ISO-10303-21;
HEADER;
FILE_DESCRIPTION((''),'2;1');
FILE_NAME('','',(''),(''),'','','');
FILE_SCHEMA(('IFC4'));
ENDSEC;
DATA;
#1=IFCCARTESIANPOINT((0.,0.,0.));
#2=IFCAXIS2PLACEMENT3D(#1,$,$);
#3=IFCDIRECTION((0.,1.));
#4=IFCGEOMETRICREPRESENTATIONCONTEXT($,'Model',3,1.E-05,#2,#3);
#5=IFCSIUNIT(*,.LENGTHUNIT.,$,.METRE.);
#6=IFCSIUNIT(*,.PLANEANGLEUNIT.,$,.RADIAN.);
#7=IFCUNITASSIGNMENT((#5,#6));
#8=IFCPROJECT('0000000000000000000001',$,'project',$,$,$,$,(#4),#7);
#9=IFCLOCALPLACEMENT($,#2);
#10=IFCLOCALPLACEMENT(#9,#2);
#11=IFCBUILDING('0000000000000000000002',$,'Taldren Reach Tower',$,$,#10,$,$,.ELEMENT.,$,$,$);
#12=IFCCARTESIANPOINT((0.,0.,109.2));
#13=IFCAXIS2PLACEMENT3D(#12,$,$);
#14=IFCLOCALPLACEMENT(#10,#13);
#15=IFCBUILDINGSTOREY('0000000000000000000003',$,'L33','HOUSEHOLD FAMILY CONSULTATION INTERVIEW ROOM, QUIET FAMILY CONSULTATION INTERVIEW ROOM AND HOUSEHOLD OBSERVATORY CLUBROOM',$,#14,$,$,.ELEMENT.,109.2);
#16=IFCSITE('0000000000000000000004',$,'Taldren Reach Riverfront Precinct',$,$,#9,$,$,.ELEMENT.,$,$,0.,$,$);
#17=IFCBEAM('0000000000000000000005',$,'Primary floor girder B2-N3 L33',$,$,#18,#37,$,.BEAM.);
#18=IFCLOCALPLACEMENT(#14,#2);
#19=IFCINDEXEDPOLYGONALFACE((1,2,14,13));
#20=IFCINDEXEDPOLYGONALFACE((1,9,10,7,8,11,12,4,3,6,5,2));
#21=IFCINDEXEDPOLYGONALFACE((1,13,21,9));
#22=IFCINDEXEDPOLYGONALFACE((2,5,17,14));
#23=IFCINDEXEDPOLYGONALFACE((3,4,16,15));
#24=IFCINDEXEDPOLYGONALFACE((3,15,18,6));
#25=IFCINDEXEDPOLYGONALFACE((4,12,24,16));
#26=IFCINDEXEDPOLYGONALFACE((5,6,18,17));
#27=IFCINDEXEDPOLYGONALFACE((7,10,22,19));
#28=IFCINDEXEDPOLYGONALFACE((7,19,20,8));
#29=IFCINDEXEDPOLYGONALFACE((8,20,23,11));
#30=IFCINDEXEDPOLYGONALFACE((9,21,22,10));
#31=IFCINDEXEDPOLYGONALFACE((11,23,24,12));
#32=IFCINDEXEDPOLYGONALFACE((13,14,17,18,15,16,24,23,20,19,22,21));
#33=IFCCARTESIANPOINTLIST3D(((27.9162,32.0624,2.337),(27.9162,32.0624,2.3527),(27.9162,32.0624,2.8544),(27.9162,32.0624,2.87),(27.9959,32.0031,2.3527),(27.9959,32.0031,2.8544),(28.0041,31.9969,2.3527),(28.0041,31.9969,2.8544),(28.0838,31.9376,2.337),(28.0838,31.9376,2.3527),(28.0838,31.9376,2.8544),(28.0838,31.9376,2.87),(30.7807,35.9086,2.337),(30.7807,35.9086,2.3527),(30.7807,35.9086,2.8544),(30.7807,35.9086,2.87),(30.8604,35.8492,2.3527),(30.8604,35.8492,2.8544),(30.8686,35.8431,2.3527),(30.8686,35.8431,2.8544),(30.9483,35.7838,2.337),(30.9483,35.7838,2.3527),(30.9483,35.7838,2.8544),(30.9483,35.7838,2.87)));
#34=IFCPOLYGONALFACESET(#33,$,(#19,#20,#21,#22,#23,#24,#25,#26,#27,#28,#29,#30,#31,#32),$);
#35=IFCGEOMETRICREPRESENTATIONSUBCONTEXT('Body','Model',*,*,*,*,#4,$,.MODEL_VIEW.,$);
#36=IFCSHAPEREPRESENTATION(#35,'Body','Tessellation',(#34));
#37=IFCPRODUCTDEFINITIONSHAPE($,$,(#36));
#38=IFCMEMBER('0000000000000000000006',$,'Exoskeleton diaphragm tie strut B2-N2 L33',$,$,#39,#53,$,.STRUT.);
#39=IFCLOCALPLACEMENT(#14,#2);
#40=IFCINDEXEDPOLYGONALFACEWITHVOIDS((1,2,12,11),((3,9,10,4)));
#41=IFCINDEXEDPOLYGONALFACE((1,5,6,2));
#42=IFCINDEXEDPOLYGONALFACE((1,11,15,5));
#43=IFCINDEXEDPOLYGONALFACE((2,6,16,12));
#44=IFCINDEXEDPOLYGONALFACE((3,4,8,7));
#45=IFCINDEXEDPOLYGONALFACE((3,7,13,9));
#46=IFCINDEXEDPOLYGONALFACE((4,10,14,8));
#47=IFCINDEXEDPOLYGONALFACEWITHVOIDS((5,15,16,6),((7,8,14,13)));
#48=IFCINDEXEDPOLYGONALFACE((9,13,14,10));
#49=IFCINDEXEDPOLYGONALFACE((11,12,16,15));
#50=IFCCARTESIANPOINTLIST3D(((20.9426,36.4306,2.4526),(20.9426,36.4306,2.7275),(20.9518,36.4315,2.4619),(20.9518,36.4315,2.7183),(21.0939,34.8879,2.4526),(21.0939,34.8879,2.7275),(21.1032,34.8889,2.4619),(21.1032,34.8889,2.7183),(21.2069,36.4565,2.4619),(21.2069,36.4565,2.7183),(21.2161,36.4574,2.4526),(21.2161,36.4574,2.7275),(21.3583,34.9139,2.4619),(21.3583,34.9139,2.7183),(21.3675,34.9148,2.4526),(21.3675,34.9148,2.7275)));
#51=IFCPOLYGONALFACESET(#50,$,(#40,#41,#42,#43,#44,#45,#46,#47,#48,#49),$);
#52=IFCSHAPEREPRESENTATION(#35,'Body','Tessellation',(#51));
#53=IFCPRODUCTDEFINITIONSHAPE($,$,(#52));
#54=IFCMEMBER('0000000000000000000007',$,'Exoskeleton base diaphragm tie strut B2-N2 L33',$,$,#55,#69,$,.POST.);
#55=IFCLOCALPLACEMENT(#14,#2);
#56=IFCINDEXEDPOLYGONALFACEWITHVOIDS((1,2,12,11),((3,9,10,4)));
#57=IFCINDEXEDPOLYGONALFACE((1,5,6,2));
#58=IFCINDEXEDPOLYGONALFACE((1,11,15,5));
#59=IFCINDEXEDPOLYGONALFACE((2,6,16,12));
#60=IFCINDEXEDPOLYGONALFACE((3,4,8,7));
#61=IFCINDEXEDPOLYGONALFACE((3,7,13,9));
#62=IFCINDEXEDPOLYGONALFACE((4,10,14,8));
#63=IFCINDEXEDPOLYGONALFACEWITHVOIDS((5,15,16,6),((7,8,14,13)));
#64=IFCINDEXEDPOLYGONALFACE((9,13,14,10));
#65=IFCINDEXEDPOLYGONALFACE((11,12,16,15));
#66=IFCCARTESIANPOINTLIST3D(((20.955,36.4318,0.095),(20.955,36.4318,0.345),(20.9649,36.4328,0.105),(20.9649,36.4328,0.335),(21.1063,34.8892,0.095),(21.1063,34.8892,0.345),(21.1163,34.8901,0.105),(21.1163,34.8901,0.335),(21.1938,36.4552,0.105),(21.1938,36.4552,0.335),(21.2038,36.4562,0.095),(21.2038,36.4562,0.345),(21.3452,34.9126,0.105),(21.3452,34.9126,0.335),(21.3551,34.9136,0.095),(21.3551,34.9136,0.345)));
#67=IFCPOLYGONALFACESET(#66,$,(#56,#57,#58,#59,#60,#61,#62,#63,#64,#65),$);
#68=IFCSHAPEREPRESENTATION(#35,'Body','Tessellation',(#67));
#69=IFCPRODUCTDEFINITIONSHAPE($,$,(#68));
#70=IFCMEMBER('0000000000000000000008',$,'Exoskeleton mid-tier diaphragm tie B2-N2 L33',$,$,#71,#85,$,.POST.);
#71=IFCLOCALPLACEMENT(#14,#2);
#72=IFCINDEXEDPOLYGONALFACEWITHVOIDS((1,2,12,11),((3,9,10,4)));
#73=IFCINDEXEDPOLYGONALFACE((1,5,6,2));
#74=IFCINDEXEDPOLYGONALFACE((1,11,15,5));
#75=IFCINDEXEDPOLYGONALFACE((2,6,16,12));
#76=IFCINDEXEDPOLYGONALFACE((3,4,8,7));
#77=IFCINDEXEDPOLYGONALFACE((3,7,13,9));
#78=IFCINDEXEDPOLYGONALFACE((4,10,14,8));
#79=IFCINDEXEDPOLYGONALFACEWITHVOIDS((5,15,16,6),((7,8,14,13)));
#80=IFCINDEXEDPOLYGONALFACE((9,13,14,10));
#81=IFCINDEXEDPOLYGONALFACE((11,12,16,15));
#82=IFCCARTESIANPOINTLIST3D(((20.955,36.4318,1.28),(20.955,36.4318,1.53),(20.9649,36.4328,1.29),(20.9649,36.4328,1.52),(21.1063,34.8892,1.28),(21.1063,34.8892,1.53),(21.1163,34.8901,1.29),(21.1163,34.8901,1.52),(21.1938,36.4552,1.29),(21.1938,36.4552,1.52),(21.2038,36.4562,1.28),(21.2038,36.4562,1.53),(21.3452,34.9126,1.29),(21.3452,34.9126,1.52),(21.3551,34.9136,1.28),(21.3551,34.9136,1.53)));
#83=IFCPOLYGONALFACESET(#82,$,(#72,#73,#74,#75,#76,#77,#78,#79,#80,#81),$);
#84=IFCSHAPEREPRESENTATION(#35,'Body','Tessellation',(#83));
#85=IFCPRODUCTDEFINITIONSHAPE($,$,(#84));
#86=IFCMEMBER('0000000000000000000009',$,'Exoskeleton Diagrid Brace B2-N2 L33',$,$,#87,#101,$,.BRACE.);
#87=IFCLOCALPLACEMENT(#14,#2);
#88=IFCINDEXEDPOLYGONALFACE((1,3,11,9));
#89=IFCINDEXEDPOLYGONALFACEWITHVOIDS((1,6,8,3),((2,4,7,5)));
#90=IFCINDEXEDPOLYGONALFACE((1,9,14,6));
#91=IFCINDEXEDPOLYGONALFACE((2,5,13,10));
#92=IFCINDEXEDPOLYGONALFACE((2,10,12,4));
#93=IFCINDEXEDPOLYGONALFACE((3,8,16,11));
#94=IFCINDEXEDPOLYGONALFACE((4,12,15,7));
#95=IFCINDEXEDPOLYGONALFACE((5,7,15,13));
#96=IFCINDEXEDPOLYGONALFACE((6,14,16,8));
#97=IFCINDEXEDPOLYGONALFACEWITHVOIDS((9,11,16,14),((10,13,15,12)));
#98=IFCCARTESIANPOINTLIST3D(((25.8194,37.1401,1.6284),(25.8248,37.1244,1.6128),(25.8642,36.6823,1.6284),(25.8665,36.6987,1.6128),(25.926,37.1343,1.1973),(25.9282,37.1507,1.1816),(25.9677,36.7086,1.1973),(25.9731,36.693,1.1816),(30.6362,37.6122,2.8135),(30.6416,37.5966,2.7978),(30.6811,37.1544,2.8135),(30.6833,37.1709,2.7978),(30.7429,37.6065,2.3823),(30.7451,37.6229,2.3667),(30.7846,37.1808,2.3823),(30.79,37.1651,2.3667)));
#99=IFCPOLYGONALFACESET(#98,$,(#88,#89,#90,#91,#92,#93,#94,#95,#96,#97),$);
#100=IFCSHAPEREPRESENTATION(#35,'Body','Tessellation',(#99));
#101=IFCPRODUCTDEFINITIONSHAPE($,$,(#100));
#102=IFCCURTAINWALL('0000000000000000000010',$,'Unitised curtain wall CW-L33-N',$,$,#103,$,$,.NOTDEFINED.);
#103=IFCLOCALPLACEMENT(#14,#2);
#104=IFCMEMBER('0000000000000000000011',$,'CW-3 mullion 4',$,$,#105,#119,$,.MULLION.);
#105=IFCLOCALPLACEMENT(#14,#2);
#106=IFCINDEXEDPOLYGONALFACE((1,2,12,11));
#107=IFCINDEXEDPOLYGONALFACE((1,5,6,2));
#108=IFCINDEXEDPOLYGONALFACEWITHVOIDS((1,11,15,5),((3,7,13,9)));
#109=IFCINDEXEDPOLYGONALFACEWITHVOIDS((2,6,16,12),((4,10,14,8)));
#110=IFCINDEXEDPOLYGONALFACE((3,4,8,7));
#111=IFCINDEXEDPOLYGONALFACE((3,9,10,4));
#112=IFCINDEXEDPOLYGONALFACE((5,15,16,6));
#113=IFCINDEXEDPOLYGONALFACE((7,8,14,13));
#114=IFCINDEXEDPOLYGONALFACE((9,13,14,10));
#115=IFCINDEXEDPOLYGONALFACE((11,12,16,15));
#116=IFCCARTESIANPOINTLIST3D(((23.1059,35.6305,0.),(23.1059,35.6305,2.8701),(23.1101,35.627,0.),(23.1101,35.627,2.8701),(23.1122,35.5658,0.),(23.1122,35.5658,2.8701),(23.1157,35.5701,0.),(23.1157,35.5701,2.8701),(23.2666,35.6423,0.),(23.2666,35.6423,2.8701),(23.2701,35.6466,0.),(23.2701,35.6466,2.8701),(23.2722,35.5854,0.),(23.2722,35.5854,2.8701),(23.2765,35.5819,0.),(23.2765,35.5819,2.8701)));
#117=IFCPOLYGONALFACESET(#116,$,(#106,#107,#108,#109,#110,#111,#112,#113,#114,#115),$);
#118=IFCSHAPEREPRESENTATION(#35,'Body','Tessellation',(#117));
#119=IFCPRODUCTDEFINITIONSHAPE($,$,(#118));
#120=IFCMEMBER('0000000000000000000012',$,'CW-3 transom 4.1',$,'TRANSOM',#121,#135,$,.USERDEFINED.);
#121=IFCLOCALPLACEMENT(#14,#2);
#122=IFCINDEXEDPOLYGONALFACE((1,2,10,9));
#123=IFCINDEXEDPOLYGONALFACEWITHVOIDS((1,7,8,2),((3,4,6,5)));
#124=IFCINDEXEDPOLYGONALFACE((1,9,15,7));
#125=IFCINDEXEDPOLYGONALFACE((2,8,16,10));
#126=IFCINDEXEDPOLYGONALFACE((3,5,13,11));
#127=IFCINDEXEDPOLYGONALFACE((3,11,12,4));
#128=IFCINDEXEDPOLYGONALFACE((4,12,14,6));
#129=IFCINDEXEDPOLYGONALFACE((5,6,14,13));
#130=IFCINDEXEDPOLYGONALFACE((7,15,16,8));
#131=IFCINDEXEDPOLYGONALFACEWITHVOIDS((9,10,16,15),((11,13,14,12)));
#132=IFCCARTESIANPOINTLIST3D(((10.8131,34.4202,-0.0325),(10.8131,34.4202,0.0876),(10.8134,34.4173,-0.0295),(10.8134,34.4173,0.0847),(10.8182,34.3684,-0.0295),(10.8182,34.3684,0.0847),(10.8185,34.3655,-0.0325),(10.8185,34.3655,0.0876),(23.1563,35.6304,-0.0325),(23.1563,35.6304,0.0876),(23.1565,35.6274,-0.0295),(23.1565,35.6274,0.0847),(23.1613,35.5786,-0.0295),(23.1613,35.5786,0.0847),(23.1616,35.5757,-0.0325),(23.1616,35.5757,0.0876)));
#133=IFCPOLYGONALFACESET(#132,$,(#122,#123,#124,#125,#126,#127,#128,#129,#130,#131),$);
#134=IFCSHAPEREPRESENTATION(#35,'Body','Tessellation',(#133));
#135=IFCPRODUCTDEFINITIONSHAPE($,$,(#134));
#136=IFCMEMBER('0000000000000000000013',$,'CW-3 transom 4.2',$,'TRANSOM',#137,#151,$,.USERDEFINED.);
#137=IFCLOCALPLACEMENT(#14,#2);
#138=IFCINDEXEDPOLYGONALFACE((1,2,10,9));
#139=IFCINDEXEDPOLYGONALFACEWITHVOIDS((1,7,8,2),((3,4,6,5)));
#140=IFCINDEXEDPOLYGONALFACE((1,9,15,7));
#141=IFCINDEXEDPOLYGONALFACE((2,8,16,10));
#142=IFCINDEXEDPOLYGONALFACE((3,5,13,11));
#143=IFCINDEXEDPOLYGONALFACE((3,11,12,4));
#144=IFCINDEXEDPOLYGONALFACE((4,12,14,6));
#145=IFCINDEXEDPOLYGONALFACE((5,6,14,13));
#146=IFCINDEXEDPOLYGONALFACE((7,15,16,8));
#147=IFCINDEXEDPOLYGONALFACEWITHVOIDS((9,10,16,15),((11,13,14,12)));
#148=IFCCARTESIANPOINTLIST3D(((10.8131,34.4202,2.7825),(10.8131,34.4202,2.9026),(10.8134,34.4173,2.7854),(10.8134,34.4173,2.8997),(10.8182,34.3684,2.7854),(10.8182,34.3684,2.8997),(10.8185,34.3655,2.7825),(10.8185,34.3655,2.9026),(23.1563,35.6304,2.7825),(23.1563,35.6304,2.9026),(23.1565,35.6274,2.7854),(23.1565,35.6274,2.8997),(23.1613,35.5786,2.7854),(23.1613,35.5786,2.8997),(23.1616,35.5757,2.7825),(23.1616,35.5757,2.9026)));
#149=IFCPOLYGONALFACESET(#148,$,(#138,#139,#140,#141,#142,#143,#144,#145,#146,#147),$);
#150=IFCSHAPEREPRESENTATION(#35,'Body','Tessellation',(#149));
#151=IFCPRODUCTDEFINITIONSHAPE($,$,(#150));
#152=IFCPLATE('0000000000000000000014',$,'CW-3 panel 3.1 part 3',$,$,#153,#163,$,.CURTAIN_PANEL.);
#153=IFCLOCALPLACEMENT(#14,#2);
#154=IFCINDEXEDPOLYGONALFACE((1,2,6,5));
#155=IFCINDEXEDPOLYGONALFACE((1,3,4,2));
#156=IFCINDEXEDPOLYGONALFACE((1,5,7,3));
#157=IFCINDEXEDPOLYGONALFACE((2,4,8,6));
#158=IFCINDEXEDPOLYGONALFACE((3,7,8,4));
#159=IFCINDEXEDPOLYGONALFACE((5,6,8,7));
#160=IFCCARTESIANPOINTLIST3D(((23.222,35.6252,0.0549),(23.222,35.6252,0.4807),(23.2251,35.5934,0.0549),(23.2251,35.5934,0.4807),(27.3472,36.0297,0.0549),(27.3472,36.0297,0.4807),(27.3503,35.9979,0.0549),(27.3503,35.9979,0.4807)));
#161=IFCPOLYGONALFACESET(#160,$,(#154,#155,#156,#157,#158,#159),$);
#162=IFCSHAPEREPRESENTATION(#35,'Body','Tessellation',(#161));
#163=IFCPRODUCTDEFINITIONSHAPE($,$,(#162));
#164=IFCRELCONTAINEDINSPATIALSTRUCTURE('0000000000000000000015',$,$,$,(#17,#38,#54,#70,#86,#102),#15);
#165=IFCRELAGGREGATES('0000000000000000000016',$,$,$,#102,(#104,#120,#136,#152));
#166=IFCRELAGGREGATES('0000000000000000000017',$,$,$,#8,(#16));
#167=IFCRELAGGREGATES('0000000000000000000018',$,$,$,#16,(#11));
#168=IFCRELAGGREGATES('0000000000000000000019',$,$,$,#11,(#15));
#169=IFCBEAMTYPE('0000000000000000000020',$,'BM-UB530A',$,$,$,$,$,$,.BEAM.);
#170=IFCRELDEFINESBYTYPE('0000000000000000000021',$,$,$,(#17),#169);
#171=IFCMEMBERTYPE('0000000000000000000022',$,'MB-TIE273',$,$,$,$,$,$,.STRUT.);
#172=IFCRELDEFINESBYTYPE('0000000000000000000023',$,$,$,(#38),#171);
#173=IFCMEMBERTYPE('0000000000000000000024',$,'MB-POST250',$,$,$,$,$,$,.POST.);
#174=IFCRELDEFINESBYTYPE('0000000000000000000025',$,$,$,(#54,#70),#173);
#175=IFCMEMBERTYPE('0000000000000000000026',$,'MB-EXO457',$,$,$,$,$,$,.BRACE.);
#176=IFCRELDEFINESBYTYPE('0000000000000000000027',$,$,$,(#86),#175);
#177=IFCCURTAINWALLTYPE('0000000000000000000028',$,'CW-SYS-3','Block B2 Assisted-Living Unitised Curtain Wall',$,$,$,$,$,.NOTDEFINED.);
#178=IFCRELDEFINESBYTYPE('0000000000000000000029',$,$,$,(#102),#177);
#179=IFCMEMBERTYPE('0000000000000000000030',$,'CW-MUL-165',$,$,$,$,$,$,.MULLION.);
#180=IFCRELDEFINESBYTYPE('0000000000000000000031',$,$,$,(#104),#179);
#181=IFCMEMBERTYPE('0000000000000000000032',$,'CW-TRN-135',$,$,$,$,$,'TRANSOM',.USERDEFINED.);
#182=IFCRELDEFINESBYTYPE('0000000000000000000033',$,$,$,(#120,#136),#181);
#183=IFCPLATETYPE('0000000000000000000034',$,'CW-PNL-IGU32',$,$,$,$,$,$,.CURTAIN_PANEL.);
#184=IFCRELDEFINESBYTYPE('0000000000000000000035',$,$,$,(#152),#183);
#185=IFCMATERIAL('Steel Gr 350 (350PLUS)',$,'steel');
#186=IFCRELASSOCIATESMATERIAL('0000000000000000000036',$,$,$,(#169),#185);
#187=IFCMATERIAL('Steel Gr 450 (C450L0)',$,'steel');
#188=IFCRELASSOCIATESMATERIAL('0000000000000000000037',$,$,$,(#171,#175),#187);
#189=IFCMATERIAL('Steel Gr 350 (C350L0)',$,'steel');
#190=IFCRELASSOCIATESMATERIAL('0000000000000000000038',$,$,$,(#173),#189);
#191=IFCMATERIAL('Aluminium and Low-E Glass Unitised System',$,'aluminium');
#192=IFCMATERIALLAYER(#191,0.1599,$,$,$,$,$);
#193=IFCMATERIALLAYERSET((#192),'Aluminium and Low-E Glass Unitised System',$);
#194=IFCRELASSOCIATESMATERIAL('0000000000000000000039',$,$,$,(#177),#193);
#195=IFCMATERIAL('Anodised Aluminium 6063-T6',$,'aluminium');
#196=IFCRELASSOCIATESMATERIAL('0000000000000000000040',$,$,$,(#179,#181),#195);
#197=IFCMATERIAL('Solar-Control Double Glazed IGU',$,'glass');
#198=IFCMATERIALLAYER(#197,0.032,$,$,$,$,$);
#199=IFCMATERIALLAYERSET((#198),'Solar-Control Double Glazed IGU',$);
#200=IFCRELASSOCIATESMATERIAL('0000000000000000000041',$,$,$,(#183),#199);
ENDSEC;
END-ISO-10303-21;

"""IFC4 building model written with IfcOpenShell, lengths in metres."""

from ifc_helpers import new_model, si_unit, direction, frame, origin, origin_2d, place, context, subcontext, project, spatial, rectangle, hollow_rectangle, i_section, extrude, source, transform, mapped, material, layer, layer_set, material_profile, profile_set, type_object, element, aggregate, save


model = new_model("IFC4")

# Units and contexts
model_context = context("Model", 3, precision=1e-05, world=origin(), true_north=direction((0.0, 1.0)))
body_context = subcontext(model_context, "Body", "Model", "MODEL_VIEW")
ifc_project = project(units=[si_unit("LENGTHUNIT", "METRE"), si_unit("PLANEANGLEUNIT", "RADIAN")], contexts=[model_context])

# Site, building, storey
site_placement = place(None, origin())
site = spatial("IfcSite", under=ifc_project, at=site_placement, Name="Taldren Reach Riverfront Precinct", CompositionType="ELEMENT", RefElevation=0.0)
building_placement = place(site_placement, origin())
building = spatial("IfcBuilding", under=site, at=building_placement, Name="Taldren Reach Tower", CompositionType="ELEMENT")
storey_placement = place(building_placement, frame((0.0, 0.0, 109.2)))
storey = spatial("IfcBuildingStorey", under=building, at=storey_placement, Name="L33", Description="HOUSEHOLD FAMILY CONSULTATION INTERVIEW ROOM, QUIET FAMILY CONSULTATION INTERVIEW ROOM AND HOUSEHOLD OBSERVATORY CLUBROOM", CompositionType="ELEMENT", Elevation=109.2)

# Shared definitions
ifc_material_1 = material(Name="Steel Gr 350 (350PLUS)", Category="steel")

# Beam
ifc_material_profile_1 = material_profile(ifc_material_1, i_section(OverallWidth=0.209, OverallDepth=0.533, WebThickness=0.0103, FlangeThickness=0.0156, at=origin_2d()), Name="530UB92.4")
ifc_profile_set_1 = profile_set([ifc_material_profile_1], Name="Steel Gr 350 (350PLUS)")
beam_type_1 = type_object("IfcBeamType", Name="BM-UB530A", PredefinedType="BEAM", material=ifc_profile_set_1)
shared_shape_1 = source(origin(), body_context, "Body", "SweptSolid", [
    extrude(i_section(OverallWidth=0.209, OverallDepth=0.533, WebThickness=0.0103, FlangeThickness=0.0156, at=origin_2d()), origin(), (0.0, 0.0, 1.0), 4.7957),
])
beam_1_placement = place(storey_placement, frame((28.0, 32.0, 2.6035), z_axis=(0.597309, 0.802011, 0.0), x_axis=(-0.802011, 0.597309, 0.0)))
element("IfcBeam", 1, at=beam_1_placement, inside=storey, type_object=beam_type_1, Name="Primary floor girder B2-N3 L33", PredefinedType="BEAM", context=body_context, shape_type="MappedRepresentation", body=[
    mapped(shared_shape_1, transform((0.0, 0.0, 0.0), scale=1.0)),
])

# Members
ifc_material_2 = material(Name="Steel Gr 450 (C450L0)", Category="steel")
ifc_material_profile_2 = material_profile(ifc_material_2, hollow_rectangle(XDim=0.2749, YDim=0.2749, WallThickness=0.0093, at=origin_2d()), Name="275x275x9.3SHS")
ifc_profile_set_2 = profile_set([ifc_material_profile_2], Name="Steel Gr 450 (C450L0)")
member_type_1 = type_object("IfcMemberType", Name="MB-TIE273", PredefinedType="STRUT", material=ifc_profile_set_2)
shared_shape_2 = source(origin(), body_context, "Body", "SweptSolid", [
    extrude(hollow_rectangle(XDim=0.2749, YDim=0.2749, WallThickness=0.0093, at=origin_2d()), origin(), (0.0, 0.0, 1.0), 1.55),
])
member_1_placement = place(storey_placement, frame((21.2307, 34.9014, 2.5901), z_axis=(-0.097648, 0.995221, 0.0), x_axis=(-0.995221, -0.097648, 0.0)))
element("IfcMember", 2, at=member_1_placement, inside=storey, type_object=member_type_1, Name="Exoskeleton diaphragm tie strut B2-N2 L33", PredefinedType="STRUT", context=body_context, shape_type="MappedRepresentation", body=[
    mapped(shared_shape_2, transform((0.0, 0.0, 0.0), scale=1.0)),
])
ifc_material_3 = material(Name="Steel Gr 350 (C350L0)", Category="steel")
ifc_material_profile_3 = material_profile(ifc_material_3, hollow_rectangle(XDim=0.25, YDim=0.25, WallThickness=0.01, at=origin_2d()), Name="250x250x10.0SHS")
ifc_profile_set_3 = profile_set([ifc_material_profile_3], Name="Steel Gr 350 (C350L0)")
member_type_2 = type_object("IfcMemberType", Name="MB-POST250", PredefinedType="POST", material=ifc_profile_set_3)
shared_shape_3 = source(origin(), body_context, "Body", "SweptSolid", [
    extrude(hollow_rectangle(XDim=0.25, YDim=0.25, WallThickness=0.01, at=origin_2d()), origin(), (0.0, 0.0, 1.0), 1.55),
])
for number, where, z_axis, x_axis, name in (
    (3, (21.2307, 34.9014, 0.22), (-0.097648, 0.995221, 0.0), (-0.995221, -0.097648, 0.0), "Exoskeleton base diaphragm tie strut B2-N2 L33"),
    (4, (21.2307, 34.9014, 1.405), (-0.097648, 0.995221, 0.0), (-0.995221, -0.097648, 0.0), "Exoskeleton mid-tier diaphragm tie B2-N2 L33"),
):
    element("IfcMember", number, at=place(storey_placement, frame(where, z_axis=z_axis, x_axis=x_axis)), inside=storey, type_object=member_type_2, Name=name, PredefinedType="POST", context=body_context, shape_type="MappedRepresentation", body=[
        mapped(shared_shape_3, transform((0.0, 0.0, 0.0), scale=1.0)),
    ])
ifc_material_profile_4 = material_profile(ifc_material_2, hollow_rectangle(XDim=0.46, YDim=0.46, WallThickness=0.0161, at=origin_2d()), Name="460x460x16.0SHS")
ifc_profile_set_4 = profile_set([ifc_material_profile_4], Name="Steel Gr 450 (C450L0)")
member_type_3 = type_object("IfcMemberType", Name="MB-EXO457", PredefinedType="BRACE", material=ifc_profile_set_4)
shared_shape_4 = source(origin(), body_context, "Body", "SweptSolid", [
    extrude(hollow_rectangle(XDim=0.46, YDim=0.46, WallThickness=0.0161, at=origin_2d()), origin(), (0.0, 0.0, 1.0), 4.9829),
])
member_2_placement = place(storey_placement, frame((25.8962, 36.9165, 1.405), z_axis=(0.966675, 0.094757, 0.237823), x_axis=(-0.097556, 0.99523, 0.0)))
element("IfcMember", 5, at=member_2_placement, inside=storey, type_object=member_type_3, Name="Exoskeleton Diagrid Brace B2-N2 L33", PredefinedType="BRACE", context=body_context, shape_type="MappedRepresentation", body=[
    mapped(shared_shape_4, transform((0.0, 0.0, 0.0), scale=1.0)),
])

# Curtain wall, members, plate
ifc_material_4 = material(Name="Aluminium and Low-E Glass Unitised System", Category="aluminium")
ifc_layer_1 = layer(ifc_material_4, 0.1599)
ifc_layer_set_1 = layer_set([ifc_layer_1], Name="Aluminium and Low-E Glass Unitised System")
curtain_wall_type = type_object("IfcCurtainWallType", Name="CW-SYS-3", Description="Block B2 Assisted-Living Unitised Curtain Wall", PredefinedType="NOTDEFINED", material=ifc_layer_set_1)
curtain_wall_placement = place(storey_placement, origin())
curtain_wall = element("IfcCurtainWall", 6, at=curtain_wall_placement, inside=storey, type_object=curtain_wall_type, Name="Unitised curtain wall CW-L33-N", PredefinedType="NOTDEFINED")
ifc_material_5 = material(Name="Anodised Aluminium 6063-T6", Category="aluminium")
ifc_material_profile_5 = material_profile(ifc_material_5, hollow_rectangle(XDim=0.0649, YDim=0.165, WallThickness=0.0039, at=origin_2d()), Name="ALU-165x65x4RHS")
ifc_profile_set_5 = profile_set([ifc_material_profile_5], Name="Anodised Aluminium 6063-T6")
member_type_4 = type_object("IfcMemberType", Name="CW-MUL-165", PredefinedType="MULLION", material=ifc_profile_set_5)
shared_shape_5 = source(origin(), body_context, "Body", "SweptSolid", [
    extrude(hollow_rectangle(XDim=0.0649, YDim=0.165, WallThickness=0.0039, at=origin_2d()), origin(), (0.0, 0.0, 1.0), 2.8701),
])
member_3_placement = place(storey_placement, frame((23.1912, 35.6062, 0.0), z_axis=(0.0, 0.0, 1.0), x_axis=(0.097583, -0.995227, 0.0)))
member_3 = element("IfcMember", 7, at=member_3_placement, type_object=member_type_4, Name="CW-3 mullion 4", PredefinedType="MULLION", context=body_context, shape_type="MappedRepresentation", body=[
    mapped(shared_shape_5, transform((0.0, 0.0, 0.0), scale=1.0)),
])
ifc_material_profile_6 = material_profile(ifc_material_5, hollow_rectangle(XDim=0.0549, YDim=0.1201, WallThickness=0.0029, at=origin_2d()), Name="ALU-120x55x3RHS")
ifc_profile_set_6 = profile_set([ifc_material_profile_6], Name="Anodised Aluminium 6063-T6")
member_type_5 = type_object("IfcMemberType", Name="CW-TRN-135", ElementType="TRANSOM", PredefinedType="USERDEFINED", material=ifc_profile_set_6)
shared_shape_6 = source(origin(), body_context, "Body", "SweptSolid", [
    extrude(hollow_rectangle(XDim=0.0549, YDim=0.1201, WallThickness=0.0029, at=origin_2d()), origin(), (0.0, 0.0, 1.0), 12.4023),
])
member_4_placement = place(storey_placement, frame((23.1589, 35.603, 0.0276), z_axis=(-0.995228, -0.097578, 0.0), x_axis=(0.097578, -0.995228, 0.0)))
member_4 = element("IfcMember", 8, at=member_4_placement, type_object=member_type_5, Name="CW-3 transom 4.1", ObjectType="TRANSOM", PredefinedType="USERDEFINED", context=body_context, shape_type="MappedRepresentation", body=[
    mapped(shared_shape_6, transform((0.0, 0.0, 0.0), scale=1.0)),
])
member_5_placement = place(storey_placement, frame((23.1589, 35.603, 2.8425), z_axis=(-0.995228, -0.097578, 0.0), x_axis=(0.097578, -0.995228, 0.0)))
member_5 = element("IfcMember", 9, at=member_5_placement, type_object=member_type_5, Name="CW-3 transom 4.2", ObjectType="TRANSOM", PredefinedType="USERDEFINED", context=body_context, shape_type="MappedRepresentation", body=[
    mapped(shared_shape_6, transform((0.0, 0.0, 0.0), scale=1.0)),
])
ifc_material_6 = material(Name="Solar-Control Double Glazed IGU", Category="glass")
ifc_layer_2 = layer(ifc_material_6, 0.032)
ifc_layer_set_2 = layer_set([ifc_layer_2], Name="Solar-Control Double Glazed IGU")
plate_type = type_object("IfcPlateType", Name="CW-PNL-IGU32", PredefinedType="CURTAIN_PANEL", material=ifc_layer_set_2)
shared_shape_7 = source(origin(), body_context, "Body", "SweptSolid", [
    extrude(rectangle(XDim=4.145, YDim=0.032, at=origin_2d()), origin(), (0.0, 0.0, 1.0), 0.4258),
])
plate_1_placement = place(storey_placement, frame((25.2861, 35.8115, 0.0549), z_axis=(0.0, 0.0, 1.0), x_axis=(-0.995227, -0.097583, 0.0)))
plate_1 = element("IfcPlate", 10, at=plate_1_placement, type_object=plate_type, Name="CW-3 panel 3.1 part 3", PredefinedType="CURTAIN_PANEL", context=body_context, shape_type="MappedRepresentation", body=[
    mapped(shared_shape_7, transform((0.0, 0.0, 0.0), scale=1.0)),
])
aggregate(curtain_wall, [member_3, member_4, member_5, plate_1])

save(model, "model.ifc")
